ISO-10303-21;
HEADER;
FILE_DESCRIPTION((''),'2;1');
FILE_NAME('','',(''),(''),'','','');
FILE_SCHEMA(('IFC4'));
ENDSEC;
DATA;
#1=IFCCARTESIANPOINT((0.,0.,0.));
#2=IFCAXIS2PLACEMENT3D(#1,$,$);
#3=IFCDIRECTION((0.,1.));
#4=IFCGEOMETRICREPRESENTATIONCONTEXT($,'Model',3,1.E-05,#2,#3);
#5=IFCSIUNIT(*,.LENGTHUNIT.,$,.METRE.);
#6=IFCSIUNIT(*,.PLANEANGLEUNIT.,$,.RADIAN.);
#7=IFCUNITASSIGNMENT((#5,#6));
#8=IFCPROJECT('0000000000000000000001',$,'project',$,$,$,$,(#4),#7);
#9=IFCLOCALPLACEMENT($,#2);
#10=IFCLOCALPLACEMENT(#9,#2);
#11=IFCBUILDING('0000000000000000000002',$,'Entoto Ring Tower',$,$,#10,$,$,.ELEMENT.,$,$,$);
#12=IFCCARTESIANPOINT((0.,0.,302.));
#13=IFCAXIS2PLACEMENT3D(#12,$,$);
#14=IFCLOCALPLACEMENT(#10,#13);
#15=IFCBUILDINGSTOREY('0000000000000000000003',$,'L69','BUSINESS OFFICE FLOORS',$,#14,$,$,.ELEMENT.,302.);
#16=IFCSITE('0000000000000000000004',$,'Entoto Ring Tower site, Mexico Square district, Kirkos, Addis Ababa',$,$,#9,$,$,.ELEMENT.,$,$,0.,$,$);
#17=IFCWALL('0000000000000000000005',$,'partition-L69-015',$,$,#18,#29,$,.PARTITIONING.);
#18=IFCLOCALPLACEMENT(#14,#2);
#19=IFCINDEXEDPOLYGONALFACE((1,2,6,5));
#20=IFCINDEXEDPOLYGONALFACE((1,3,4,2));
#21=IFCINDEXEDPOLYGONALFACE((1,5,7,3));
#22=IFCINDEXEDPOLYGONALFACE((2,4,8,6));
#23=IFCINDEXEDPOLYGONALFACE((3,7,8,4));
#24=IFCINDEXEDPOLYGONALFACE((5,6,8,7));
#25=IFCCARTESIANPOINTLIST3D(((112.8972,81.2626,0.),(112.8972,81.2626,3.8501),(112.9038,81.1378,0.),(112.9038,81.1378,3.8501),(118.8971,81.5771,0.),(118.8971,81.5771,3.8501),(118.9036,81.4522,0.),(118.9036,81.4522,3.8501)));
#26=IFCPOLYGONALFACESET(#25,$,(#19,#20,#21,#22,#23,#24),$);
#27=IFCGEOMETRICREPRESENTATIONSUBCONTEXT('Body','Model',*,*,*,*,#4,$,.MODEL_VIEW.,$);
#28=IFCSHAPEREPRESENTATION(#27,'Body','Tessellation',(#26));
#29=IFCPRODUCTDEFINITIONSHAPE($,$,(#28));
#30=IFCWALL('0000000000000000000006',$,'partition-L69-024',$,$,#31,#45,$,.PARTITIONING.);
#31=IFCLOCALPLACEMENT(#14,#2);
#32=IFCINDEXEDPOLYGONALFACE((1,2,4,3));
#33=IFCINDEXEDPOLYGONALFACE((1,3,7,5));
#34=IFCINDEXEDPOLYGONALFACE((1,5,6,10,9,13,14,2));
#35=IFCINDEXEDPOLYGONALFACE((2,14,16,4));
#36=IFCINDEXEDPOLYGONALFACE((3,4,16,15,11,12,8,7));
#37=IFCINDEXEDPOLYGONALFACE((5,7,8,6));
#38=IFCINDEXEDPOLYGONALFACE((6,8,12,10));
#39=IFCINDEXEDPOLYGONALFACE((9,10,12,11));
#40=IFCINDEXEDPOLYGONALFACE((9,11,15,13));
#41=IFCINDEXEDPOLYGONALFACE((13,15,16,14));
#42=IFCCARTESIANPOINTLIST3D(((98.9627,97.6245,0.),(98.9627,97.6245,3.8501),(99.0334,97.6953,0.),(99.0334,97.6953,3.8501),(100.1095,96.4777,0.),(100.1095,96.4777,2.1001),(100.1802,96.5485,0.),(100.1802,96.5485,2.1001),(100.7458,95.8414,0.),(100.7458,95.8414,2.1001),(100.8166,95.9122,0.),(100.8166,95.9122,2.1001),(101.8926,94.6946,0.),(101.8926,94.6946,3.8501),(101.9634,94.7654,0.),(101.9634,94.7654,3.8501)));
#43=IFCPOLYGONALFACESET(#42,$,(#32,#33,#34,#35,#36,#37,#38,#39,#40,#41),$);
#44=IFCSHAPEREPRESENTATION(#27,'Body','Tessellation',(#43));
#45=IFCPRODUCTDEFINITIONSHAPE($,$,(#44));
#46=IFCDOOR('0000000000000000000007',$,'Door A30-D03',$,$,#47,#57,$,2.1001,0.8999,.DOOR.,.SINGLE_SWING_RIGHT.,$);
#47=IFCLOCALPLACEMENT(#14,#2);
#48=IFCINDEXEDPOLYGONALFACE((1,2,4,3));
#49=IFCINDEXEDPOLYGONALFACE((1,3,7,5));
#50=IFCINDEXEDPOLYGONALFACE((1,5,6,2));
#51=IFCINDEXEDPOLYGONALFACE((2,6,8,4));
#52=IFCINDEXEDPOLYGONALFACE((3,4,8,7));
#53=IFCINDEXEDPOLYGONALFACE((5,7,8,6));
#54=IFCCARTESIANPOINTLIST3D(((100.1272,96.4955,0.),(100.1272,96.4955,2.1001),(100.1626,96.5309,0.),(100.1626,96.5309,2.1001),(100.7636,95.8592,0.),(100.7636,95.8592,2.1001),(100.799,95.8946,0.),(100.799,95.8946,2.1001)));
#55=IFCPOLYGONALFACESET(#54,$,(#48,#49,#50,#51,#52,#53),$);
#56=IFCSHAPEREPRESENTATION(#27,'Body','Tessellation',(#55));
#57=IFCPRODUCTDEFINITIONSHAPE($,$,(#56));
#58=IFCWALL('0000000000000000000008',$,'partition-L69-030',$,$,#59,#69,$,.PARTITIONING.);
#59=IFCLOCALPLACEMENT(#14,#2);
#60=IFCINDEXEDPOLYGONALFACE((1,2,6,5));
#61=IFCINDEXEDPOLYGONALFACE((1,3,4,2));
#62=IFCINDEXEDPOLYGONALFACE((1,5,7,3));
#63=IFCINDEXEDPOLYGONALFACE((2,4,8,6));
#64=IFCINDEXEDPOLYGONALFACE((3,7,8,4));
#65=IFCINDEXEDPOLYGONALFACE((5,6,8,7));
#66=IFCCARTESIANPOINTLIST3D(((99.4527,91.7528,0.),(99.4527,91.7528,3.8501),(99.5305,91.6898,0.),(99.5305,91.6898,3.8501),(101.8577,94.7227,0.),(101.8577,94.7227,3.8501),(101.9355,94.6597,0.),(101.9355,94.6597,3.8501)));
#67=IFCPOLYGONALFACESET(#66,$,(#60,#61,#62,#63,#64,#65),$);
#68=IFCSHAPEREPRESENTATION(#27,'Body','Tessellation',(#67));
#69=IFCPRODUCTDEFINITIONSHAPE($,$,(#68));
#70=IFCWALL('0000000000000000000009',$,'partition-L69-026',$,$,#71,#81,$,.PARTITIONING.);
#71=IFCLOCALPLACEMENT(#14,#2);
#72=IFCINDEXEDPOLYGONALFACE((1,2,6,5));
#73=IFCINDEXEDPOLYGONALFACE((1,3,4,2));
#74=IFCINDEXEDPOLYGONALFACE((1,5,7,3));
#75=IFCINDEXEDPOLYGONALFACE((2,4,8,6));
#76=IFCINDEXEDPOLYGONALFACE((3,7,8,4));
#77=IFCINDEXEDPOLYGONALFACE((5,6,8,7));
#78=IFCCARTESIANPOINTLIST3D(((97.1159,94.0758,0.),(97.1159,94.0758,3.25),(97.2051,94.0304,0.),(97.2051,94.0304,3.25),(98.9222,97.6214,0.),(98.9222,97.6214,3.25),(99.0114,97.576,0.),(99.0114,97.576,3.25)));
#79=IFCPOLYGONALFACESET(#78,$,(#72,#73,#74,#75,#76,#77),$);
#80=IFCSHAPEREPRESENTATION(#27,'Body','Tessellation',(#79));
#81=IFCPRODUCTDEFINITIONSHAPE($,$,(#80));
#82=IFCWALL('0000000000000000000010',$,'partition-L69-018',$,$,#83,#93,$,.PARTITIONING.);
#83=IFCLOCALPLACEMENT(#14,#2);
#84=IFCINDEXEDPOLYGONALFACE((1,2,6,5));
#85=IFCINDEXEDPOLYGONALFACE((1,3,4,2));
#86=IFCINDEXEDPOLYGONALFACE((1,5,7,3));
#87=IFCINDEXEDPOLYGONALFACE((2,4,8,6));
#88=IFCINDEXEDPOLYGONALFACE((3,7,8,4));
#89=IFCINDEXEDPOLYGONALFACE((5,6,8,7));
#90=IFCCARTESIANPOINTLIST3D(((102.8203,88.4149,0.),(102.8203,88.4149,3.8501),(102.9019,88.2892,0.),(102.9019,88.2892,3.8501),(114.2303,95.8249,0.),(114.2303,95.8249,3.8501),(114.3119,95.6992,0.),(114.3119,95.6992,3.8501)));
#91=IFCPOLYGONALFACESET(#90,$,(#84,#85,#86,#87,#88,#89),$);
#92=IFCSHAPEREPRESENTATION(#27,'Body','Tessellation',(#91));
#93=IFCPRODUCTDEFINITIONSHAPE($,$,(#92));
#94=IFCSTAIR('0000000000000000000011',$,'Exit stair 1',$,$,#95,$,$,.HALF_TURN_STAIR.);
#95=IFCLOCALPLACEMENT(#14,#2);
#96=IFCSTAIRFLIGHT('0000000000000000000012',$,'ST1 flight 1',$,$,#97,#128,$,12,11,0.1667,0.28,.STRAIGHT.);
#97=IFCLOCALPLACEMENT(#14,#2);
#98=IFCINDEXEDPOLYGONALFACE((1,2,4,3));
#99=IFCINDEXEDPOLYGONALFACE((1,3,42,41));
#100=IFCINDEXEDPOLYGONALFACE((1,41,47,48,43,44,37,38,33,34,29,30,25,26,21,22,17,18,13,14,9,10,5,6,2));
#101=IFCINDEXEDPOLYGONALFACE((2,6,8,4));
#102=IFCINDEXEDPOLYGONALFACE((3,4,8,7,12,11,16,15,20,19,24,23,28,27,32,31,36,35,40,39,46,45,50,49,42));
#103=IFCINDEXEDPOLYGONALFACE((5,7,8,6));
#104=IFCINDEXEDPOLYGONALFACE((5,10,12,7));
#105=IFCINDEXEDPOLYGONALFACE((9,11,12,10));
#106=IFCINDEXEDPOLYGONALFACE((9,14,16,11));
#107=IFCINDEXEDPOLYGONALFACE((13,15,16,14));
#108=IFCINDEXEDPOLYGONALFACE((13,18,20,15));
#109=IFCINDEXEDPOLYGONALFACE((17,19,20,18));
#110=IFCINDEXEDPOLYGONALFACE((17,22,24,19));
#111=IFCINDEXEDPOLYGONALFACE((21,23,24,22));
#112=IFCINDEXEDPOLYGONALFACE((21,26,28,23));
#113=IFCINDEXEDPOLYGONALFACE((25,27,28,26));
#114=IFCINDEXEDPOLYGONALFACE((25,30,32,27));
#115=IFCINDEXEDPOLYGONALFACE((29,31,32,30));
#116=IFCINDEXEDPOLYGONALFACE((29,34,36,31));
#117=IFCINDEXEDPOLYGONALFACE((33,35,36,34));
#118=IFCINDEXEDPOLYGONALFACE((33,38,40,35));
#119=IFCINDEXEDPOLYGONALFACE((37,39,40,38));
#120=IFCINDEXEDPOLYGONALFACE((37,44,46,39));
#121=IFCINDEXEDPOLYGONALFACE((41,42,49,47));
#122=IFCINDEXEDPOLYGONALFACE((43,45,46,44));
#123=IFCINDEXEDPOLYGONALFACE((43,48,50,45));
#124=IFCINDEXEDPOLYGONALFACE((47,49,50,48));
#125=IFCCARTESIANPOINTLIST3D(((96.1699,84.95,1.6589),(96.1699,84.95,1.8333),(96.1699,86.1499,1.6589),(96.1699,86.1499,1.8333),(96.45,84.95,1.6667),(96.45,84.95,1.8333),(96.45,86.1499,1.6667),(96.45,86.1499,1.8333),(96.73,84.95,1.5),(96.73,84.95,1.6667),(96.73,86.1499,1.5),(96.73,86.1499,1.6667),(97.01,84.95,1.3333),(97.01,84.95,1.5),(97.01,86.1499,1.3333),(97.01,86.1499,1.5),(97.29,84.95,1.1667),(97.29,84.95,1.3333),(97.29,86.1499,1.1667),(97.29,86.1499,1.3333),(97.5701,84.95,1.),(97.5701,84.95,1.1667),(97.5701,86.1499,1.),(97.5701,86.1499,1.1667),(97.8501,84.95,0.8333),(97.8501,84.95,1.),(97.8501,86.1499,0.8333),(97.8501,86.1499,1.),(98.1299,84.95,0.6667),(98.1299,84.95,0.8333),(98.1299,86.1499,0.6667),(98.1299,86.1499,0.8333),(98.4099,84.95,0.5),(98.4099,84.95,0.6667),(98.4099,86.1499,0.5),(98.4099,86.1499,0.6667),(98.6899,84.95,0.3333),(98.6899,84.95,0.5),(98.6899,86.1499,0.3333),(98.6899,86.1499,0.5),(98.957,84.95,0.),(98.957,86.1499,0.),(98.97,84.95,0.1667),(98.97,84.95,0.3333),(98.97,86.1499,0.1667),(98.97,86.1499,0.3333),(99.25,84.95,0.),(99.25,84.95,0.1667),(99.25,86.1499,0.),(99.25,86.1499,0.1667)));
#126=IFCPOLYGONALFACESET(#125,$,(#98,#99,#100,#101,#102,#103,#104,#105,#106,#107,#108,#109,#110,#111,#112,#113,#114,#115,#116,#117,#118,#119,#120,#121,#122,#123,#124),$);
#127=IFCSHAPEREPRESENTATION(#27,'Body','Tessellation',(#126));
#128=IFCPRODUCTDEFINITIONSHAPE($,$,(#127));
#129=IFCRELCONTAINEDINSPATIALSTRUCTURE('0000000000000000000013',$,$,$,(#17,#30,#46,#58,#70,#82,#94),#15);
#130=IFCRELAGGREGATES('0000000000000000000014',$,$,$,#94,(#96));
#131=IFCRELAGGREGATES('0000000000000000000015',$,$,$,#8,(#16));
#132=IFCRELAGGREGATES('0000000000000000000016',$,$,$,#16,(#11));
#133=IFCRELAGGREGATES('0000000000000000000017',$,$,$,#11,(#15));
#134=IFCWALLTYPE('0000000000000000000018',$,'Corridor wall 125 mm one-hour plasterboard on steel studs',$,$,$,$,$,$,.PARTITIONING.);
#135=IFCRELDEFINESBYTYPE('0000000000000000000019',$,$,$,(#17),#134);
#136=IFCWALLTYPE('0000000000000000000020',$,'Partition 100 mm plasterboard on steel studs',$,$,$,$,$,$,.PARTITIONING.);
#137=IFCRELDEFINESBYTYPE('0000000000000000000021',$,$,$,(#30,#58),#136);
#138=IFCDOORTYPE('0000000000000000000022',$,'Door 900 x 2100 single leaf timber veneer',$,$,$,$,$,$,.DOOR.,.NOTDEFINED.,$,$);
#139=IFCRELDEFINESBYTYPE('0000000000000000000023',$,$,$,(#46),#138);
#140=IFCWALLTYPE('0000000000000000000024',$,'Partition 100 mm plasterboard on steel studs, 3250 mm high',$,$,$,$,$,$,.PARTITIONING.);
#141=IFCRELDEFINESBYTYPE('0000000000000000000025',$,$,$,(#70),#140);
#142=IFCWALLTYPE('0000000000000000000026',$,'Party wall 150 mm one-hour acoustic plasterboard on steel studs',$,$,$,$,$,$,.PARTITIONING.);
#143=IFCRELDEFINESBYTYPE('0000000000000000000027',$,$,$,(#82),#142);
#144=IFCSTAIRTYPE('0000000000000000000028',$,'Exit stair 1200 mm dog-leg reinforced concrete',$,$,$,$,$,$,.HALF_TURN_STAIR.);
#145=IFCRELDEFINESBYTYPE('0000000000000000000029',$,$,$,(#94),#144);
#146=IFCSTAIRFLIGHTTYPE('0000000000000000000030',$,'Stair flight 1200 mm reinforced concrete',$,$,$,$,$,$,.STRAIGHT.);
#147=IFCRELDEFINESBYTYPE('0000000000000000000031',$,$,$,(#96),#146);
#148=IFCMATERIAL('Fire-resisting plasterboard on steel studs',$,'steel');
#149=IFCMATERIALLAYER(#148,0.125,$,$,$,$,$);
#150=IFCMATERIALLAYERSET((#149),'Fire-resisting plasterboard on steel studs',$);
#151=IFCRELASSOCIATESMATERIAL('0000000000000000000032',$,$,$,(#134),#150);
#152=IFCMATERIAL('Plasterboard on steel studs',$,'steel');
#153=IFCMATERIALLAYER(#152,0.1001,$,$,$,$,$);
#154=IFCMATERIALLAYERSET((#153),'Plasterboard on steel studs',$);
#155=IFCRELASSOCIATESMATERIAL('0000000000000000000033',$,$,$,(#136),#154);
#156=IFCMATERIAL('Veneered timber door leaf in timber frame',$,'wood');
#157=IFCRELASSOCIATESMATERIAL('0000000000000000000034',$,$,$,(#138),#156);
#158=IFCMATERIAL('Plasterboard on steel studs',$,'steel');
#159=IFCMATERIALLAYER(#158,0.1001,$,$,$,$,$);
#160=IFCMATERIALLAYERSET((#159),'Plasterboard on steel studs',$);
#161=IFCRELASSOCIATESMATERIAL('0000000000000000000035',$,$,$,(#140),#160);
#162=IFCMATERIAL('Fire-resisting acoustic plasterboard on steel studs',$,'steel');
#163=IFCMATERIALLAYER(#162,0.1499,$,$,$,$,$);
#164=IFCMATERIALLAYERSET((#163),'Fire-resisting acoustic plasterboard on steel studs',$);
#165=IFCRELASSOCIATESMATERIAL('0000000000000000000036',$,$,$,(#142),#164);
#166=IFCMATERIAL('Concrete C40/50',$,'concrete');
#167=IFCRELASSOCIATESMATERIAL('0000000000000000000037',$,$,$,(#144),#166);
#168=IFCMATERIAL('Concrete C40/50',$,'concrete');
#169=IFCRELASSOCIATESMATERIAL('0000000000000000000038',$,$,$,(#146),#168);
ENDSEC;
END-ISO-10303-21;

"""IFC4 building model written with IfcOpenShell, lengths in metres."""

from ifc_helpers import new_model, si_unit, direction, frame, frame_2d, origin, place, context, subcontext, project, spatial, polyline, rectangle, outline, extrude, material, layer, layer_set, type_object, element, fill, aggregate, save


model = new_model("IFC4")

# Units and contexts
model_context = context("Model", 3, precision=1e-05, world=origin(), true_north=direction((0.0, 1.0)))
body_context = subcontext(model_context, "Body", "Model", "MODEL_VIEW")
ifc_project = project(units=[si_unit("LENGTHUNIT", "METRE"), si_unit("PLANEANGLEUNIT", "RADIAN")], contexts=[model_context])

# Site, building, storey
site_placement = place(None, origin())
site = spatial("IfcSite", under=ifc_project, at=site_placement, Name="Entoto Ring Tower site, Mexico Square district, Kirkos, Addis Ababa", CompositionType="ELEMENT", RefElevation=0.0)
building_placement = place(site_placement, origin())
building = spatial("IfcBuilding", under=site, at=building_placement, Name="Entoto Ring Tower", CompositionType="ELEMENT")
storey_placement = place(building_placement, frame((0.0, 0.0, 302.0)))
storey = spatial("IfcBuildingStorey", under=building, at=storey_placement, Name="L69", Description="BUSINESS OFFICE FLOORS", CompositionType="ELEMENT", Elevation=302.0)

# Shared definitions
ifc_material_1 = material(Name="Fire-resisting plasterboard on steel studs", Category="steel")
ifc_layer_1 = layer(ifc_material_1, 0.125)
ifc_layer_set_1 = layer_set([ifc_layer_1], Name="Fire-resisting plasterboard on steel studs")
wall_type_1 = type_object("IfcWallType", Name="Corridor wall 125 mm one-hour plasterboard on steel studs", PredefinedType="PARTITIONING", material=ifc_layer_set_1)

# Wall
wall_1_placement = place(storey_placement, frame((112.9006, 81.2002, 0.0), z_axis=(0.0, 0.0, 1.0), x_axis=(0.998629, 0.052339, 0.0)))
element("IfcWall", 1, at=wall_1_placement, inside=storey, type_object=wall_type_1, Name="partition-L69-015", PredefinedType="PARTITIONING", context=body_context, shape_type="SweptSolid", body=[
    extrude(rectangle(XDim=6.0081, YDim=0.125, at=frame_2d((3.0039, 0.0))), origin(), (0.0, 0.0, 1.0), 3.8501),
])

# Wall, opening, door
ifc_material_2 = material(Name="Plasterboard on steel studs", Category="steel")
ifc_layer_2 = layer(ifc_material_2, 0.1001)
ifc_layer_set_2 = layer_set([ifc_layer_2], Name="Plasterboard on steel studs")
wall_type_2 = type_object("IfcWallType", Name="Partition 100 mm plasterboard on steel studs", PredefinedType="PARTITIONING", material=ifc_layer_set_2)
wall_2_placement = place(storey_placement, frame((101.928, 94.73, 0.0), z_axis=(0.0, 0.0, 1.0), x_axis=(-0.707107, 0.707107, 0.0)))
wall_2 = element("IfcWall", 2, at=wall_2_placement, inside=storey, type_object=wall_type_2, Name="partition-L69-024", PredefinedType="PARTITIONING", context=body_context, shape_type="SweptSolid", body=[
    extrude(rectangle(XDim=4.1436, YDim=0.1001, at=frame_2d((2.0718, 0.0))), origin(), (0.0, 0.0, 1.0), 3.8501),
])
opening_1_placement = place(wall_2_placement, frame((1.6218, 0.0, 0.0)))
opening_1 = element("IfcOpeningElement", 3, at=opening_1_placement, cuts=wall_2, PredefinedType="OPENING", context=body_context, shape_type="SweptSolid", body=[
    extrude(rectangle(XDim=0.8999, YDim=2.1001, at=frame_2d((0.45, 1.05))), frame((0.0, 0.0601, 0.0), z_axis=(0.0, -1.0, 0.0), x_axis=(1.0, 0.0, 0.0)), (0.0, 0.0, 1.0), 0.1201),
])
ifc_material_3 = material(Name="Veneered timber door leaf in timber frame", Category="wood")
door_type_1 = type_object("IfcDoorType", Name="Door 900 x 2100 single leaf timber veneer", OperationType="NOTDEFINED", PredefinedType="DOOR", material=ifc_material_3)
door_1_placement = place(opening_1_placement, origin())
door_1 = element("IfcDoor", 4, at=door_1_placement, inside=storey, type_object=door_type_1, Name="Door A30-D03", OperationType="SINGLE_SWING_RIGHT", OverallHeight=2.1001, OverallWidth=0.8999, PredefinedType="DOOR", context=body_context, shape_type="SweptSolid", body=[
    extrude(rectangle(XDim=0.8999, YDim=2.1001, at=frame_2d((0.45, 1.05))), frame((0.0, 0.0249, 0.0), z_axis=(0.0, -1.0, 0.0), x_axis=(1.0, 0.0, 0.0)), (0.0, 0.0, 1.0), 0.05),
])
fill(opening_1, door_1)

# Walls
wall_3_placement = place(storey_placement, frame((99.4917, 91.7214, 0.0), z_axis=(0.0, 0.0, 1.0), x_axis=(0.62932, 0.777147, 0.0)))
element("IfcWall", 5, at=wall_3_placement, inside=storey, type_object=wall_type_2, Name="partition-L69-030", PredefinedType="PARTITIONING", context=body_context, shape_type="SweptSolid", body=[
    extrude(rectangle(XDim=3.8215, YDim=0.1001, at=frame_2d((1.9106, 0.0))), origin(), (0.0, 0.0, 1.0), 3.8501),
])
ifc_material_4 = material(Name="Plasterboard on steel studs", Category="steel")
ifc_layer_3 = layer(ifc_material_4, 0.1001)
ifc_layer_set_3 = layer_set([ifc_layer_3], Name="Plasterboard on steel studs")
wall_type_3 = type_object("IfcWallType", Name="Partition 100 mm plasterboard on steel studs, 3250 mm high", PredefinedType="PARTITIONING", material=ifc_layer_set_3)
wall_4_placement = place(storey_placement, frame((97.1604, 94.053, 0.0), z_axis=(0.0, 0.0, 1.0), x_axis=(0.45395, 0.891027, 0.0)))
element("IfcWall", 6, at=wall_4_placement, inside=storey, type_object=wall_type_3, Name="partition-L69-026", PredefinedType="PARTITIONING", context=body_context, shape_type="SweptSolid", body=[
    extrude(rectangle(XDim=3.9792, YDim=0.1001, at=frame_2d((1.9897, 0.0))), origin(), (0.0, 0.0, 1.0), 3.25),
])
ifc_material_5 = material(Name="Fire-resisting acoustic plasterboard on steel studs", Category="steel")
ifc_layer_4 = layer(ifc_material_5, 0.1499)
ifc_layer_set_4 = layer_set([ifc_layer_4], Name="Fire-resisting acoustic plasterboard on steel studs")
wall_type_4 = type_object("IfcWallType", Name="Party wall 150 mm one-hour acoustic plasterboard on steel studs", PredefinedType="PARTITIONING", material=ifc_layer_set_4)
wall_5_placement = place(storey_placement, frame((102.8611, 88.3521, 0.0), z_axis=(0.0, 0.0, 1.0), x_axis=(0.838663, 0.544651, 0.0)))
element("IfcWall", 7, at=wall_5_placement, inside=storey, type_object=wall_type_4, Name="partition-L69-018", PredefinedType="PARTITIONING", context=body_context, shape_type="SweptSolid", body=[
    extrude(rectangle(XDim=13.605, YDim=0.1499, at=frame_2d((6.8025, 0.0))), origin(), (0.0, 0.0, 1.0), 3.8501),
])

# Stair, stair flight
ifc_material_6 = material(Name="Concrete C40/50", Category="concrete")
stair_type = type_object("IfcStairType", Name="Exit stair 1200 mm dog-leg reinforced concrete", PredefinedType="HALF_TURN_STAIR", material=ifc_material_6)
stair_placement = place(storey_placement, origin())
stair = element("IfcStair", 8, at=stair_placement, inside=storey, type_object=stair_type, Name="Exit stair 1", PredefinedType="HALF_TURN_STAIR")
ifc_material_7 = material(Name="Concrete C40/50", Category="concrete")
stair_flight_type = type_object("IfcStairFlightType", Name="Stair flight 1200 mm reinforced concrete", PredefinedType="STRAIGHT", material=ifc_material_7)
stair_flight_placement = place(storey_placement, frame((99.25, 85.55, 0.0), z_axis=(0.0, 0.0, 1.0), x_axis=(-1.0, 0.0, 0.0)))
stair_flight = element("IfcStairFlight", 9, at=stair_flight_placement, type_object=stair_flight_type, Name="ST1 flight 1", NumberOfRisers=12, NumberOfTreads=11, PredefinedType="STRAIGHT", RiserHeight=0.1667, TreadLength=0.28, context=body_context, shape_type="SweptSolid", body=[
    extrude(outline(polyline([(0.0, 0.0), (0.0, 0.1667), (0.28, 0.1667), (0.28, 0.3333), (0.5601, 0.3333), (0.5601, 0.5), (0.8401, 0.5), (0.8401, 0.6667), (1.1201, 0.6667), (1.1201, 0.8333), (1.3999, 0.8333), (1.3999, 1.0), (1.6799, 1.0), (1.6799, 1.1667), (1.96, 1.1667), (1.96, 1.3333), (2.24, 1.3333), (2.24, 1.5), (2.52, 1.5), (2.52, 1.6667), (2.8, 1.6667), (2.8, 1.8333), (3.0801, 1.8333), (3.0801, 2.0), (3.0801, 1.6589), (0.293, 0.0), (0.0, 0.0)])), frame((0.0, 0.6001, 0.0), z_axis=(0.0, -1.0, 0.0), x_axis=(1.0, 0.0, 0.0)), (0.0, 0.0, 1.0), 1.2),
])
aggregate(stair, [stair_flight])

save(model, "model.ifc")
